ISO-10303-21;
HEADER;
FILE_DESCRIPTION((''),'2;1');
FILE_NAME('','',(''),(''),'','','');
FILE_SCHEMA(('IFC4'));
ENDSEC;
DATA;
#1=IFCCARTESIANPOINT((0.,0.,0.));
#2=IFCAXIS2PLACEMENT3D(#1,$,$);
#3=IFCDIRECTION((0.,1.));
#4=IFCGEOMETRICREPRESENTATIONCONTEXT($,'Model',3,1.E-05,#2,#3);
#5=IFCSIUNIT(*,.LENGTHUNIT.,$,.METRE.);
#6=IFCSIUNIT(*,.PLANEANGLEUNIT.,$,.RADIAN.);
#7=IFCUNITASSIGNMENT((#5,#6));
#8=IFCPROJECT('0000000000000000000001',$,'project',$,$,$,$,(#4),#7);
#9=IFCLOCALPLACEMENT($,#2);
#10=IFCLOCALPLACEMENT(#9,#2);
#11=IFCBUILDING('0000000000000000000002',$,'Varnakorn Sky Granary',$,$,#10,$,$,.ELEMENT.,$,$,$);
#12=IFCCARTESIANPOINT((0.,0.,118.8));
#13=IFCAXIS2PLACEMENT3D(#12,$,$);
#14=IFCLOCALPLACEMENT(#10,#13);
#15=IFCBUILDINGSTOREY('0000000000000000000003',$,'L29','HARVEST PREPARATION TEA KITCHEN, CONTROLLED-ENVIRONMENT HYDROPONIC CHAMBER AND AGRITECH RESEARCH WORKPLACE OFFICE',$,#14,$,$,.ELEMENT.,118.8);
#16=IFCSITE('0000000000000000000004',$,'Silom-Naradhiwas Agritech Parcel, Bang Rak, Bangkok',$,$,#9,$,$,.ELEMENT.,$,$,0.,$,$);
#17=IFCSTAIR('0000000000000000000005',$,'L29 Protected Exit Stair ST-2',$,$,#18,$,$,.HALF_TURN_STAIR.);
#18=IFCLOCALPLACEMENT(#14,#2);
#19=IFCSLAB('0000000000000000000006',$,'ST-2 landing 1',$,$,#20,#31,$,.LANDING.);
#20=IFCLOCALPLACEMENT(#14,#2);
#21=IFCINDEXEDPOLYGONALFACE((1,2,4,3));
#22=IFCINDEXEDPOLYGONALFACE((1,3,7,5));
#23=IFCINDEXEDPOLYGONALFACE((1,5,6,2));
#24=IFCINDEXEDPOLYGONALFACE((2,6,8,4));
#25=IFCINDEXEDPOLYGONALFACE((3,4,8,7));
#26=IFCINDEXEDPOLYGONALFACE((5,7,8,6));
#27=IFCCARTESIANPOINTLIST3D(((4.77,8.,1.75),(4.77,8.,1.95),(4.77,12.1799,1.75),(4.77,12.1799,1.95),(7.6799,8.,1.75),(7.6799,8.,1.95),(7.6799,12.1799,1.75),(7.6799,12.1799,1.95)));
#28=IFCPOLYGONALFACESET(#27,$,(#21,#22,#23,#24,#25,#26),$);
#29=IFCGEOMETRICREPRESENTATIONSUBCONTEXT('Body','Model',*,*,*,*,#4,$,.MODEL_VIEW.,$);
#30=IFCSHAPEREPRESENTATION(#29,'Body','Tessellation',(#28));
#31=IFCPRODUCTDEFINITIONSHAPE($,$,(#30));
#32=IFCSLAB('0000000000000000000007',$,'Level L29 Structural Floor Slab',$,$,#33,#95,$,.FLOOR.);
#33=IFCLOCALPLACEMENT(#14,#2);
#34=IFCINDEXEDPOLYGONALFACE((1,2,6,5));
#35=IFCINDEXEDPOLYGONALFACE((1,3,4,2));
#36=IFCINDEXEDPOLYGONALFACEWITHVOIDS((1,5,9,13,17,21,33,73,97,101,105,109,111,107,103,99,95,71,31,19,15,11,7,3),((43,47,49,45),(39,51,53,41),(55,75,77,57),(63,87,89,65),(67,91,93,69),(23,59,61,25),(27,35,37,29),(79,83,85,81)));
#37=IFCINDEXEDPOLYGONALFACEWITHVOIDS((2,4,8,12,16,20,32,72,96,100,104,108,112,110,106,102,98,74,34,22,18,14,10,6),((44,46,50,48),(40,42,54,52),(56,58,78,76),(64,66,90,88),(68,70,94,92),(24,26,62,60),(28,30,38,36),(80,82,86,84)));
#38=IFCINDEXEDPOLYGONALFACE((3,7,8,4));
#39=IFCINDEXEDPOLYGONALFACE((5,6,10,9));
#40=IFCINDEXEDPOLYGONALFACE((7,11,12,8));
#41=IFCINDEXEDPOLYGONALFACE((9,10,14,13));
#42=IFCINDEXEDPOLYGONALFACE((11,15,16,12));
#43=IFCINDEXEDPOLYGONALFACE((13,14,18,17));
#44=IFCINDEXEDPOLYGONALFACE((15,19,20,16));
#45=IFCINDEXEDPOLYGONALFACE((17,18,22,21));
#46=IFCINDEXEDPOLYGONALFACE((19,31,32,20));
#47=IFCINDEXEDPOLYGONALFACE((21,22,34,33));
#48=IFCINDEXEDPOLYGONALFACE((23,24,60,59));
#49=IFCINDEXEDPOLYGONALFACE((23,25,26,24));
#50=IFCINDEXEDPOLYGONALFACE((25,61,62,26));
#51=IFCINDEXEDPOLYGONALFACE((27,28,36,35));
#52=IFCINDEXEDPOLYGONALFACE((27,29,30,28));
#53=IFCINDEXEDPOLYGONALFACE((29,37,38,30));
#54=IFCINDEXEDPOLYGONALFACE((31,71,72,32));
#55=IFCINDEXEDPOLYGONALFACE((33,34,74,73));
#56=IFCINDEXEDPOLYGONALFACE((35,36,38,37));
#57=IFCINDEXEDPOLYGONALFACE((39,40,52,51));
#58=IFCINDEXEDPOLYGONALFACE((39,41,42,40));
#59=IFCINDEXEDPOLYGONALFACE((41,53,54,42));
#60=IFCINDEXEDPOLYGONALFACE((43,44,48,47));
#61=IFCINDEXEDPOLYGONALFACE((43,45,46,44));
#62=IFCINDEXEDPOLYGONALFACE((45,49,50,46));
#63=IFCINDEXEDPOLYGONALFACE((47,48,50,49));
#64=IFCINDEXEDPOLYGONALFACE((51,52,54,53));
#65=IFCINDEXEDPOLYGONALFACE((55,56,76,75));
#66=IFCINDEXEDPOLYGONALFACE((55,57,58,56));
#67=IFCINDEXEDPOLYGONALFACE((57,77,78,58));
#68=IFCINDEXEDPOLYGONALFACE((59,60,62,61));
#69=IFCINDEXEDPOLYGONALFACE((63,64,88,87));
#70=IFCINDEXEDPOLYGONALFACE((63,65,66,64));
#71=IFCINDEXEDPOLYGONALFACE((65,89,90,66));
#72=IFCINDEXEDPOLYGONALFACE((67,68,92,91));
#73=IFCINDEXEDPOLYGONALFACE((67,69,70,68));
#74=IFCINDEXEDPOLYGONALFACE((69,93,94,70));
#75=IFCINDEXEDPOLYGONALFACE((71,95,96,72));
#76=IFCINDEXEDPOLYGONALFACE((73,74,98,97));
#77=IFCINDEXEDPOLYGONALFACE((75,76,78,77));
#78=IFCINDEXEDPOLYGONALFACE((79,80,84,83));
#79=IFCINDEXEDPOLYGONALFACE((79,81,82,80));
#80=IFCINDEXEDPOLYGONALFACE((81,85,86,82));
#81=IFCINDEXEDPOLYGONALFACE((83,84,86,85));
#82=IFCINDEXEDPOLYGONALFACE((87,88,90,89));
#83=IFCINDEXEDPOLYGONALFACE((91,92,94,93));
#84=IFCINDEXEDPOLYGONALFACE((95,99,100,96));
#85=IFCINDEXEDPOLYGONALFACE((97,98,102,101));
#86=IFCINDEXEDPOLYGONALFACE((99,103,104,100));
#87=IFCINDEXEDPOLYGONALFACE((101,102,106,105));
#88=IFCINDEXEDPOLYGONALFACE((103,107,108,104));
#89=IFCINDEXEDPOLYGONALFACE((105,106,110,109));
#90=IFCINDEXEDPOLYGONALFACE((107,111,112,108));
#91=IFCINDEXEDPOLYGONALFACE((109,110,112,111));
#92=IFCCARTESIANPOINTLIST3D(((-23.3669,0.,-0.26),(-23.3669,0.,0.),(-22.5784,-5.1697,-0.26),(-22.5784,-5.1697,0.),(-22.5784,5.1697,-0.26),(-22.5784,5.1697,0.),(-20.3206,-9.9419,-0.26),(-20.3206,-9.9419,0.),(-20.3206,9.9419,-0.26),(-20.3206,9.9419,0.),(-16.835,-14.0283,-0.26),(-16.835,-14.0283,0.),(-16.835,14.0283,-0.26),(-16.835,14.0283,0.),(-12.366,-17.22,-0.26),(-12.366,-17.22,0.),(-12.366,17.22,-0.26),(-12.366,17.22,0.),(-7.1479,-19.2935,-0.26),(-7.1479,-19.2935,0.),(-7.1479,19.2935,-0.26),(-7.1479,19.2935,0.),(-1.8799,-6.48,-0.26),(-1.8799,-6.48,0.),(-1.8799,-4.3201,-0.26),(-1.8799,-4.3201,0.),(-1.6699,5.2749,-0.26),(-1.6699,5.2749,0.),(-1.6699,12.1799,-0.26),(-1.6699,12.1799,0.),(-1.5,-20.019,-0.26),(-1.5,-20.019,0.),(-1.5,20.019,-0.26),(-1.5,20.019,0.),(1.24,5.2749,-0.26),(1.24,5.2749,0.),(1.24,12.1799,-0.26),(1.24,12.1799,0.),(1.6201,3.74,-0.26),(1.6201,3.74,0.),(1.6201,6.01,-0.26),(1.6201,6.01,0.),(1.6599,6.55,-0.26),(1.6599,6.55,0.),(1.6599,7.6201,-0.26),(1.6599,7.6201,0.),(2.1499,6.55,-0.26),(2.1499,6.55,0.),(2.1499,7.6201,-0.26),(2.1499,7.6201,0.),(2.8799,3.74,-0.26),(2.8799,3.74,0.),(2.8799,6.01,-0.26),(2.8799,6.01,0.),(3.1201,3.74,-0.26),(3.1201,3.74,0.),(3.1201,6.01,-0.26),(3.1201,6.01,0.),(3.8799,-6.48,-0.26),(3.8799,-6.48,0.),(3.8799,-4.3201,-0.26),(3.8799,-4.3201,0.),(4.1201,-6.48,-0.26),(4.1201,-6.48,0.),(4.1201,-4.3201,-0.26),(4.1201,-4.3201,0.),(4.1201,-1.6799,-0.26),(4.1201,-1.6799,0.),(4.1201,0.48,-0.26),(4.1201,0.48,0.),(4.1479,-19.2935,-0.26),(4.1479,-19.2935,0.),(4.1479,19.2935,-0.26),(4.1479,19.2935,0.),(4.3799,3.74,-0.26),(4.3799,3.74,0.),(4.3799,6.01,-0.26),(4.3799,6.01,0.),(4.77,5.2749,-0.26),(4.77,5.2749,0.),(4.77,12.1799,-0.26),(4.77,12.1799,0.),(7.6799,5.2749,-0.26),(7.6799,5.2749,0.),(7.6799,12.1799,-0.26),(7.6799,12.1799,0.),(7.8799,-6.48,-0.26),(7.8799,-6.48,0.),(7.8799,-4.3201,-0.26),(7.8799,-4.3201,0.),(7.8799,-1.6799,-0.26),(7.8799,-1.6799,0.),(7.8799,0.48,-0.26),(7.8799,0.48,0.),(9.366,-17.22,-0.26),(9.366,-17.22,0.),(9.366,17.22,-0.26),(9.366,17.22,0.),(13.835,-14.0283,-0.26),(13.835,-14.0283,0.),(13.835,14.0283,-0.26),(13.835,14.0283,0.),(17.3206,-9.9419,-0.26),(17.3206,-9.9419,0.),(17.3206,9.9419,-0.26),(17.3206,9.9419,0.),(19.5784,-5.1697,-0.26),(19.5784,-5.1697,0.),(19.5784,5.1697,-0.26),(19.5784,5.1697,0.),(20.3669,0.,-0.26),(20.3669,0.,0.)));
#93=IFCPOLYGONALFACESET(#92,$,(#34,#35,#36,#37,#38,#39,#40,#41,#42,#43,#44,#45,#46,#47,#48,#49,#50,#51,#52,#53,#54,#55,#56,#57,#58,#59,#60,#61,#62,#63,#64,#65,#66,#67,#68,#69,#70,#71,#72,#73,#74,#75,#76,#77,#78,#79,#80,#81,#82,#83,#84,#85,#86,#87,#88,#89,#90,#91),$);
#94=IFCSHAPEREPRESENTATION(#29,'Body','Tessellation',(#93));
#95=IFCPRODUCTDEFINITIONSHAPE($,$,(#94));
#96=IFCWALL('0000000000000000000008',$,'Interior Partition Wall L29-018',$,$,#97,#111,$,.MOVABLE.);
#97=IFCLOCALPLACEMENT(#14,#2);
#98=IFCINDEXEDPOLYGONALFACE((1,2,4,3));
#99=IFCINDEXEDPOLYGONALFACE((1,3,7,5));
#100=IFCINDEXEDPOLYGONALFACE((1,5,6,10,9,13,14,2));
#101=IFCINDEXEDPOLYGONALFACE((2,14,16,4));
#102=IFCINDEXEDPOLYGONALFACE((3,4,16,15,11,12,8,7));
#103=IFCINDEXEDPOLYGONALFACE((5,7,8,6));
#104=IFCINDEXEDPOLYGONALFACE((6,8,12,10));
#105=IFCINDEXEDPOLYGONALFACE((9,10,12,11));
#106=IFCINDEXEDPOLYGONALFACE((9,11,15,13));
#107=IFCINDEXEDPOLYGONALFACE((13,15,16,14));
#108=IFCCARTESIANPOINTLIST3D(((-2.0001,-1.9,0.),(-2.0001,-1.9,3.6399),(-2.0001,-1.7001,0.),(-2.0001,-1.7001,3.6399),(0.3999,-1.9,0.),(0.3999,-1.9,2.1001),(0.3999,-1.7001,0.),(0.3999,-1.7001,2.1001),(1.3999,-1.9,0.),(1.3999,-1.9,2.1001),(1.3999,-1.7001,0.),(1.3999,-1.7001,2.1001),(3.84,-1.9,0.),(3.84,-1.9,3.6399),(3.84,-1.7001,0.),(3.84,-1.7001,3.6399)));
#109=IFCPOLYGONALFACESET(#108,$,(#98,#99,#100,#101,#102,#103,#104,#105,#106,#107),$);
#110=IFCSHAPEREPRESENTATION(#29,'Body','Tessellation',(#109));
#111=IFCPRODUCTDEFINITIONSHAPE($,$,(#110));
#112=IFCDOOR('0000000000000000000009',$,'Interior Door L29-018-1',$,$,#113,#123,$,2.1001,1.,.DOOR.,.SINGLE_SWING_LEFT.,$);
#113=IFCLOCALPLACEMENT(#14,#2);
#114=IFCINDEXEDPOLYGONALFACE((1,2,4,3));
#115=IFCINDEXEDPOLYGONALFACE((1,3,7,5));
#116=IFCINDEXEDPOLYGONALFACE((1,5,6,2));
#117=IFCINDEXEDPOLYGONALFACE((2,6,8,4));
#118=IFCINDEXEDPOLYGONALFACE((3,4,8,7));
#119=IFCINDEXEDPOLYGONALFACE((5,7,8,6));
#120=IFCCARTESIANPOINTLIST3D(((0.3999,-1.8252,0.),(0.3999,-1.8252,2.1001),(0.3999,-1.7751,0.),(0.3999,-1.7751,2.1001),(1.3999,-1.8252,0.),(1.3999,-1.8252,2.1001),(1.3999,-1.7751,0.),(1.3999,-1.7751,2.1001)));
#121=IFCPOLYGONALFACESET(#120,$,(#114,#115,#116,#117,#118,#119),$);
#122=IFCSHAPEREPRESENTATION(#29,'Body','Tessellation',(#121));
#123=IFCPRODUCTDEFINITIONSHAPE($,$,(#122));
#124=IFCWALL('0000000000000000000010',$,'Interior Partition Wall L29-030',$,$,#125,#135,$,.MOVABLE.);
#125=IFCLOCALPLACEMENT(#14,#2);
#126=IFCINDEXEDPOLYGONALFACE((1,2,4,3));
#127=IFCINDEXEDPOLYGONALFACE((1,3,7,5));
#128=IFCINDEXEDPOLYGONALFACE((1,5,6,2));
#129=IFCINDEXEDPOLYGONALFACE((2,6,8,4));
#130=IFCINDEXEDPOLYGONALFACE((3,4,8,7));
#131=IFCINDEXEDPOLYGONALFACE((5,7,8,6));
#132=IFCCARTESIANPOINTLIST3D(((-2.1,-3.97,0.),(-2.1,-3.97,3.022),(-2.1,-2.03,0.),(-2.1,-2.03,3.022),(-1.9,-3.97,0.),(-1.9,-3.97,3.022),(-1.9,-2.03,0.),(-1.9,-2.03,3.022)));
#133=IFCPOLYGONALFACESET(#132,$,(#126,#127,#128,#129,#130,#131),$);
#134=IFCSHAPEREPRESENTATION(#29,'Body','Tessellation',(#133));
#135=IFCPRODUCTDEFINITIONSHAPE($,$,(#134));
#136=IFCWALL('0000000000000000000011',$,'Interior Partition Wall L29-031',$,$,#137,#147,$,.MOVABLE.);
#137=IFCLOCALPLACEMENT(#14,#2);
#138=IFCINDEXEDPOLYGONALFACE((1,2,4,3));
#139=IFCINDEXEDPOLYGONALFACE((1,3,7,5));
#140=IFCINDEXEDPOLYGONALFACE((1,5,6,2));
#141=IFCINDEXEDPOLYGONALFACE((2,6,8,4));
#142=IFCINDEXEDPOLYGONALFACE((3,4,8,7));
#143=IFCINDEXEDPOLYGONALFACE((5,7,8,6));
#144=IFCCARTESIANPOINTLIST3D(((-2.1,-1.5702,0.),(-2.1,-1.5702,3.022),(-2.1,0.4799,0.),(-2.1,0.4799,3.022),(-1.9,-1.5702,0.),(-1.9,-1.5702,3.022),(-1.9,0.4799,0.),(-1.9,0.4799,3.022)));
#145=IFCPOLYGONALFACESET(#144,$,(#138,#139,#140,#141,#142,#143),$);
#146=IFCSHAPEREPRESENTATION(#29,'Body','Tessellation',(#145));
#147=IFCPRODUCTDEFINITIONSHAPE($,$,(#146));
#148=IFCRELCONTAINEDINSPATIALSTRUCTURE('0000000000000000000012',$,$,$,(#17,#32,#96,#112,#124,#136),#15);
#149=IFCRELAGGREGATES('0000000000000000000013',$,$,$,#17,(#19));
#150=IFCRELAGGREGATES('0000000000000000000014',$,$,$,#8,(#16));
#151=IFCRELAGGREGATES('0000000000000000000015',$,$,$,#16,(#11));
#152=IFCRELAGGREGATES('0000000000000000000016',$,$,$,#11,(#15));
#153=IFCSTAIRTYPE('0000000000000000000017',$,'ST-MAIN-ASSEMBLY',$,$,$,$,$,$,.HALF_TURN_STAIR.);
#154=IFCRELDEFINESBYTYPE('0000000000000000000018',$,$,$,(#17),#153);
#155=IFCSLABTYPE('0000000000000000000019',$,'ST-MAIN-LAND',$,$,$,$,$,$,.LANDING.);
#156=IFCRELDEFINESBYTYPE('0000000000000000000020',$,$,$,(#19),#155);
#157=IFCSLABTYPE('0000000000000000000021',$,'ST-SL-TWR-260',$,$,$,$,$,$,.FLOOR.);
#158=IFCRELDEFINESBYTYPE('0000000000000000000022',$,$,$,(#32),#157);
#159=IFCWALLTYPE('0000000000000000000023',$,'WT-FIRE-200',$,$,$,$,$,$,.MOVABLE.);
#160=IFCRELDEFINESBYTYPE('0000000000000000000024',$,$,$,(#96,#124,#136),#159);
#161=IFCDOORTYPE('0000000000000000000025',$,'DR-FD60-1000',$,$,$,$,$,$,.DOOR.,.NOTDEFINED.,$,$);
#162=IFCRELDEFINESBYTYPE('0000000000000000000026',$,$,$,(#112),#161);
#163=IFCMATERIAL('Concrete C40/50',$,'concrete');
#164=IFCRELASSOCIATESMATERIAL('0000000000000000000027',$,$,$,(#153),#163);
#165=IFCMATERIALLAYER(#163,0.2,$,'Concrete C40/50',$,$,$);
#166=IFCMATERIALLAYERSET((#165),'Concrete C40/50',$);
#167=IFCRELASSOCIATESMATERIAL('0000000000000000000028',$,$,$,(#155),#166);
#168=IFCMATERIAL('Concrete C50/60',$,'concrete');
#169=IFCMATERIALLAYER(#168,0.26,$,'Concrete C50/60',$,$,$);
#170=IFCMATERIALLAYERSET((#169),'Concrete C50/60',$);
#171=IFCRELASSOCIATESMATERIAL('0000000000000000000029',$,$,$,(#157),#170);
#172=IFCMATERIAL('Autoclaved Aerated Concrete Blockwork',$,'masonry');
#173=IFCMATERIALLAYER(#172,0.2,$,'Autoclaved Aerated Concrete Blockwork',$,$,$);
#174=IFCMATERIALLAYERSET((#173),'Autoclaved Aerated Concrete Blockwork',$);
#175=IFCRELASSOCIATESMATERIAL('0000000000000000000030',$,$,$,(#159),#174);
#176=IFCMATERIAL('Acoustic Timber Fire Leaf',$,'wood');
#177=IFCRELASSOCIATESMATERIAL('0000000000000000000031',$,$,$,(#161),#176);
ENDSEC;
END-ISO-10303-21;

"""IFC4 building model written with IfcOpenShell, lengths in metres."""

from ifc_helpers import new_model, si_unit, direction, frame, frame_2d, origin, place, context, subcontext, project, spatial, polyline, rectangle, outline, extrude, material, layer, layer_set, type_object, element, fill, aggregate, save


model = new_model("IFC4")

# Units and contexts
model_context = context("Model", 3, precision=1e-05, world=origin(), true_north=direction((0.0, 1.0)))
body_context = subcontext(model_context, "Body", "Model", "MODEL_VIEW")
ifc_project = project(units=[si_unit("LENGTHUNIT", "METRE"), si_unit("PLANEANGLEUNIT", "RADIAN")], contexts=[model_context])

# Site, building, storey
site_placement = place(None, origin())
site = spatial("IfcSite", under=ifc_project, at=site_placement, Name="Silom-Naradhiwas Agritech Parcel, Bang Rak, Bangkok", CompositionType="ELEMENT", RefElevation=0.0)
building_placement = place(site_placement, origin())
building = spatial("IfcBuilding", under=site, at=building_placement, Name="Varnakorn Sky Granary", CompositionType="ELEMENT")
storey_placement = place(building_placement, frame((0.0, 0.0, 118.8)))
storey = spatial("IfcBuildingStorey", under=building, at=storey_placement, Name="L29", Description="HARVEST PREPARATION TEA KITCHEN, CONTROLLED-ENVIRONMENT HYDROPONIC CHAMBER AND AGRITECH RESEARCH WORKPLACE OFFICE", CompositionType="ELEMENT", Elevation=118.8)

# Stair, slab
ifc_material_1 = material(Name="Concrete C40/50", Category="concrete")
stair_type = type_object("IfcStairType", Name="ST-MAIN-ASSEMBLY", PredefinedType="HALF_TURN_STAIR", material=ifc_material_1)
ifc_layer_1 = layer(ifc_material_1, 0.2, Name="Concrete C40/50")
ifc_layer_set_1 = layer_set([ifc_layer_1], Name="Concrete C40/50")
slab_type_1 = type_object("IfcSlabType", Name="ST-MAIN-LAND", PredefinedType="LANDING", material=ifc_layer_set_1)
stair_1_placement = place(storey_placement, origin())
stair_1 = element("IfcStair", 1, at=stair_1_placement, inside=storey, type_object=stair_type, Name="L29 Protected Exit Stair ST-2", PredefinedType="HALF_TURN_STAIR")
slab_1_placement = place(storey_placement, frame((0.0, 0.0, 1.75)))
slab_1 = element("IfcSlab", 2, at=slab_1_placement, type_object=slab_type_1, Name="ST-2 landing 1", PredefinedType="LANDING", context=body_context, shape_type="SweptSolid", body=[
    extrude(outline(polyline([(7.6799, 8.0), (7.6799, 12.1799), (4.77, 12.1799), (4.77, 8.0), (7.6799, 8.0)])), origin(), (0.0, 0.0, 1.0), 0.2),
])
aggregate(stair_1, [slab_1])

# Slab
ifc_material_2 = material(Name="Concrete C50/60", Category="concrete")
ifc_layer_2 = layer(ifc_material_2, 0.26, Name="Concrete C50/60")
ifc_layer_set_2 = layer_set([ifc_layer_2], Name="Concrete C50/60")
slab_type_2 = type_object("IfcSlabType", Name="ST-SL-TWR-260", PredefinedType="FLOOR", material=ifc_layer_set_2)
slab_2_placement = place(storey_placement, frame((0.0, 0.0, -0.26)))
element("IfcSlab", 3, at=slab_2_placement, inside=storey, type_object=slab_type_2, Name="Level L29 Structural Floor Slab", PredefinedType="FLOOR", context=body_context, shape_type="SweptSolid", body=[
    extrude(outline(polyline([(20.3669, 0.0), (19.5784, 5.1697), (17.3206, 9.9419), (13.835, 14.0283), (9.366, 17.22), (4.1479, 19.2935), (-1.5, 20.019), (-7.1479, 19.2935), (-12.366, 17.22), (-16.835, 14.0283), (-20.3206, 9.9419), (-22.5784, 5.1697), (-23.3669, 0.0), (-22.5784, -5.1697), (-20.3206, -9.9419), (-16.835, -14.0283), (-12.366, -17.22), (-7.1479, -19.2935), (-1.5, -20.019), (4.1479, -19.2935), (9.366, -17.22), (13.835, -14.0283), (17.3206, -9.9419), (19.5784, -5.1697), (20.3669, 0.0)]), holes=[polyline([(1.24, 5.2749), (1.24, 12.1799), (-1.6699, 12.1799), (-1.6699, 5.2749), (1.24, 5.2749)]), polyline([(7.6799, 5.2749), (7.6799, 12.1799), (4.77, 12.1799), (4.77, 5.2749), (7.6799, 5.2749)]), polyline([(1.6599, 6.55), (2.1499, 6.55), (2.1499, 7.6201), (1.6599, 7.6201), (1.6599, 6.55)]), polyline([(1.6201, 3.74), (2.8799, 3.74), (2.8799, 6.01), (1.6201, 6.01), (1.6201, 3.74)]), polyline([(3.1201, 3.74), (4.3799, 3.74), (4.3799, 6.01), (3.1201, 6.01), (3.1201, 3.74)]), polyline([(4.1201, -1.6799), (7.8799, -1.6799), (7.8799, 0.48), (4.1201, 0.48), (4.1201, -1.6799)]), polyline([(-1.8799, -6.48), (3.8799, -6.48), (3.8799, -4.3201), (-1.8799, -4.3201), (-1.8799, -6.48)]), polyline([(4.1201, -6.48), (7.8799, -6.48), (7.8799, -4.3201), (4.1201, -4.3201), (4.1201, -6.48)])]), origin(), (0.0, 0.0, 1.0), 0.26),
])

# Wall, opening, door
ifc_material_3 = material(Name="Autoclaved Aerated Concrete Blockwork", Category="masonry")
ifc_layer_3 = layer(ifc_material_3, 0.2, Name="Autoclaved Aerated Concrete Blockwork")
ifc_layer_set_3 = layer_set([ifc_layer_3], Name="Autoclaved Aerated Concrete Blockwork")
wall_type_1 = type_object("IfcWallType", Name="WT-FIRE-200", PredefinedType="MOVABLE", material=ifc_layer_set_3)
wall_1_placement = place(storey_placement, frame((-2.0, -1.8, 0.0), z_axis=(0.0, 0.0, 1.0), x_axis=(1.0, 0.0, 0.0)))
wall_1 = element("IfcWall", 4, at=wall_1_placement, inside=storey, type_object=wall_type_1, Name="Interior Partition Wall L29-018", PredefinedType="MOVABLE", context=body_context, shape_type="SweptSolid", body=[
    extrude(rectangle(XDim=5.8401, YDim=0.2, at=frame_2d((2.9199, 0.0))), origin(), (0.0, 0.0, 1.0), 3.6399),
])
opening_1_placement = place(wall_1_placement, frame((2.3999, 0.0, 0.0)))
opening_1 = element("IfcOpeningElement", 5, at=opening_1_placement, cuts=wall_1, PredefinedType="OPENING", context=body_context, shape_type="SweptSolid", body=[
    extrude(rectangle(XDim=1.0, YDim=2.1001, at=frame_2d((0.5, 1.05))), frame((0.0, 0.1099, 0.0), z_axis=(0.0, -1.0, 0.0), x_axis=(1.0, 0.0, 0.0)), (0.0, 0.0, 1.0), 0.22),
])
ifc_material_4 = material(Name="Acoustic Timber Fire Leaf", Category="wood")
door_type_1 = type_object("IfcDoorType", Name="DR-FD60-1000", OperationType="NOTDEFINED", PredefinedType="DOOR", material=ifc_material_4)
door_1_placement = place(opening_1_placement, origin())
door_1 = element("IfcDoor", 6, at=door_1_placement, inside=storey, type_object=door_type_1, Name="Interior Door L29-018-1", OperationType="SINGLE_SWING_LEFT", OverallHeight=2.1001, OverallWidth=1.0, PredefinedType="DOOR", context=body_context, shape_type="SweptSolid", body=[
    extrude(rectangle(XDim=1.0, YDim=2.1001, at=frame_2d((0.5, 1.05))), frame((0.0, 0.0249, 0.0), z_axis=(0.0, -1.0, 0.0), x_axis=(1.0, 0.0, 0.0)), (0.0, 0.0, 1.0), 0.05),
])
fill(opening_1, door_1)

# Walls
wall_2_placement = place(storey_placement, frame((-2.0, -3.97, 0.0), z_axis=(0.0, 0.0, 1.0), x_axis=(0.0, 1.0, 0.0)))
element("IfcWall", 7, at=wall_2_placement, inside=storey, type_object=wall_type_1, Name="Interior Partition Wall L29-030", PredefinedType="MOVABLE", context=body_context, shape_type="SweptSolid", body=[
    extrude(rectangle(XDim=1.9399, YDim=0.2, at=frame_2d((0.97, 0.0))), origin(), (0.0, 0.0, 1.0), 3.022),
])
wall_3_placement = place(storey_placement, frame((-2.0, -1.5701, 0.0), z_axis=(0.0, 0.0, 1.0), x_axis=(0.0, 1.0, 0.0)))
element("IfcWall", 8, at=wall_3_placement, inside=storey, type_object=wall_type_1, Name="Interior Partition Wall L29-031", PredefinedType="MOVABLE", context=body_context, shape_type="SweptSolid", body=[
    extrude(rectangle(XDim=2.05, YDim=0.2, at=frame_2d((1.0249, 0.0))), origin(), (0.0, 0.0, 1.0), 3.022),
])

save(model, "model.ifc")
